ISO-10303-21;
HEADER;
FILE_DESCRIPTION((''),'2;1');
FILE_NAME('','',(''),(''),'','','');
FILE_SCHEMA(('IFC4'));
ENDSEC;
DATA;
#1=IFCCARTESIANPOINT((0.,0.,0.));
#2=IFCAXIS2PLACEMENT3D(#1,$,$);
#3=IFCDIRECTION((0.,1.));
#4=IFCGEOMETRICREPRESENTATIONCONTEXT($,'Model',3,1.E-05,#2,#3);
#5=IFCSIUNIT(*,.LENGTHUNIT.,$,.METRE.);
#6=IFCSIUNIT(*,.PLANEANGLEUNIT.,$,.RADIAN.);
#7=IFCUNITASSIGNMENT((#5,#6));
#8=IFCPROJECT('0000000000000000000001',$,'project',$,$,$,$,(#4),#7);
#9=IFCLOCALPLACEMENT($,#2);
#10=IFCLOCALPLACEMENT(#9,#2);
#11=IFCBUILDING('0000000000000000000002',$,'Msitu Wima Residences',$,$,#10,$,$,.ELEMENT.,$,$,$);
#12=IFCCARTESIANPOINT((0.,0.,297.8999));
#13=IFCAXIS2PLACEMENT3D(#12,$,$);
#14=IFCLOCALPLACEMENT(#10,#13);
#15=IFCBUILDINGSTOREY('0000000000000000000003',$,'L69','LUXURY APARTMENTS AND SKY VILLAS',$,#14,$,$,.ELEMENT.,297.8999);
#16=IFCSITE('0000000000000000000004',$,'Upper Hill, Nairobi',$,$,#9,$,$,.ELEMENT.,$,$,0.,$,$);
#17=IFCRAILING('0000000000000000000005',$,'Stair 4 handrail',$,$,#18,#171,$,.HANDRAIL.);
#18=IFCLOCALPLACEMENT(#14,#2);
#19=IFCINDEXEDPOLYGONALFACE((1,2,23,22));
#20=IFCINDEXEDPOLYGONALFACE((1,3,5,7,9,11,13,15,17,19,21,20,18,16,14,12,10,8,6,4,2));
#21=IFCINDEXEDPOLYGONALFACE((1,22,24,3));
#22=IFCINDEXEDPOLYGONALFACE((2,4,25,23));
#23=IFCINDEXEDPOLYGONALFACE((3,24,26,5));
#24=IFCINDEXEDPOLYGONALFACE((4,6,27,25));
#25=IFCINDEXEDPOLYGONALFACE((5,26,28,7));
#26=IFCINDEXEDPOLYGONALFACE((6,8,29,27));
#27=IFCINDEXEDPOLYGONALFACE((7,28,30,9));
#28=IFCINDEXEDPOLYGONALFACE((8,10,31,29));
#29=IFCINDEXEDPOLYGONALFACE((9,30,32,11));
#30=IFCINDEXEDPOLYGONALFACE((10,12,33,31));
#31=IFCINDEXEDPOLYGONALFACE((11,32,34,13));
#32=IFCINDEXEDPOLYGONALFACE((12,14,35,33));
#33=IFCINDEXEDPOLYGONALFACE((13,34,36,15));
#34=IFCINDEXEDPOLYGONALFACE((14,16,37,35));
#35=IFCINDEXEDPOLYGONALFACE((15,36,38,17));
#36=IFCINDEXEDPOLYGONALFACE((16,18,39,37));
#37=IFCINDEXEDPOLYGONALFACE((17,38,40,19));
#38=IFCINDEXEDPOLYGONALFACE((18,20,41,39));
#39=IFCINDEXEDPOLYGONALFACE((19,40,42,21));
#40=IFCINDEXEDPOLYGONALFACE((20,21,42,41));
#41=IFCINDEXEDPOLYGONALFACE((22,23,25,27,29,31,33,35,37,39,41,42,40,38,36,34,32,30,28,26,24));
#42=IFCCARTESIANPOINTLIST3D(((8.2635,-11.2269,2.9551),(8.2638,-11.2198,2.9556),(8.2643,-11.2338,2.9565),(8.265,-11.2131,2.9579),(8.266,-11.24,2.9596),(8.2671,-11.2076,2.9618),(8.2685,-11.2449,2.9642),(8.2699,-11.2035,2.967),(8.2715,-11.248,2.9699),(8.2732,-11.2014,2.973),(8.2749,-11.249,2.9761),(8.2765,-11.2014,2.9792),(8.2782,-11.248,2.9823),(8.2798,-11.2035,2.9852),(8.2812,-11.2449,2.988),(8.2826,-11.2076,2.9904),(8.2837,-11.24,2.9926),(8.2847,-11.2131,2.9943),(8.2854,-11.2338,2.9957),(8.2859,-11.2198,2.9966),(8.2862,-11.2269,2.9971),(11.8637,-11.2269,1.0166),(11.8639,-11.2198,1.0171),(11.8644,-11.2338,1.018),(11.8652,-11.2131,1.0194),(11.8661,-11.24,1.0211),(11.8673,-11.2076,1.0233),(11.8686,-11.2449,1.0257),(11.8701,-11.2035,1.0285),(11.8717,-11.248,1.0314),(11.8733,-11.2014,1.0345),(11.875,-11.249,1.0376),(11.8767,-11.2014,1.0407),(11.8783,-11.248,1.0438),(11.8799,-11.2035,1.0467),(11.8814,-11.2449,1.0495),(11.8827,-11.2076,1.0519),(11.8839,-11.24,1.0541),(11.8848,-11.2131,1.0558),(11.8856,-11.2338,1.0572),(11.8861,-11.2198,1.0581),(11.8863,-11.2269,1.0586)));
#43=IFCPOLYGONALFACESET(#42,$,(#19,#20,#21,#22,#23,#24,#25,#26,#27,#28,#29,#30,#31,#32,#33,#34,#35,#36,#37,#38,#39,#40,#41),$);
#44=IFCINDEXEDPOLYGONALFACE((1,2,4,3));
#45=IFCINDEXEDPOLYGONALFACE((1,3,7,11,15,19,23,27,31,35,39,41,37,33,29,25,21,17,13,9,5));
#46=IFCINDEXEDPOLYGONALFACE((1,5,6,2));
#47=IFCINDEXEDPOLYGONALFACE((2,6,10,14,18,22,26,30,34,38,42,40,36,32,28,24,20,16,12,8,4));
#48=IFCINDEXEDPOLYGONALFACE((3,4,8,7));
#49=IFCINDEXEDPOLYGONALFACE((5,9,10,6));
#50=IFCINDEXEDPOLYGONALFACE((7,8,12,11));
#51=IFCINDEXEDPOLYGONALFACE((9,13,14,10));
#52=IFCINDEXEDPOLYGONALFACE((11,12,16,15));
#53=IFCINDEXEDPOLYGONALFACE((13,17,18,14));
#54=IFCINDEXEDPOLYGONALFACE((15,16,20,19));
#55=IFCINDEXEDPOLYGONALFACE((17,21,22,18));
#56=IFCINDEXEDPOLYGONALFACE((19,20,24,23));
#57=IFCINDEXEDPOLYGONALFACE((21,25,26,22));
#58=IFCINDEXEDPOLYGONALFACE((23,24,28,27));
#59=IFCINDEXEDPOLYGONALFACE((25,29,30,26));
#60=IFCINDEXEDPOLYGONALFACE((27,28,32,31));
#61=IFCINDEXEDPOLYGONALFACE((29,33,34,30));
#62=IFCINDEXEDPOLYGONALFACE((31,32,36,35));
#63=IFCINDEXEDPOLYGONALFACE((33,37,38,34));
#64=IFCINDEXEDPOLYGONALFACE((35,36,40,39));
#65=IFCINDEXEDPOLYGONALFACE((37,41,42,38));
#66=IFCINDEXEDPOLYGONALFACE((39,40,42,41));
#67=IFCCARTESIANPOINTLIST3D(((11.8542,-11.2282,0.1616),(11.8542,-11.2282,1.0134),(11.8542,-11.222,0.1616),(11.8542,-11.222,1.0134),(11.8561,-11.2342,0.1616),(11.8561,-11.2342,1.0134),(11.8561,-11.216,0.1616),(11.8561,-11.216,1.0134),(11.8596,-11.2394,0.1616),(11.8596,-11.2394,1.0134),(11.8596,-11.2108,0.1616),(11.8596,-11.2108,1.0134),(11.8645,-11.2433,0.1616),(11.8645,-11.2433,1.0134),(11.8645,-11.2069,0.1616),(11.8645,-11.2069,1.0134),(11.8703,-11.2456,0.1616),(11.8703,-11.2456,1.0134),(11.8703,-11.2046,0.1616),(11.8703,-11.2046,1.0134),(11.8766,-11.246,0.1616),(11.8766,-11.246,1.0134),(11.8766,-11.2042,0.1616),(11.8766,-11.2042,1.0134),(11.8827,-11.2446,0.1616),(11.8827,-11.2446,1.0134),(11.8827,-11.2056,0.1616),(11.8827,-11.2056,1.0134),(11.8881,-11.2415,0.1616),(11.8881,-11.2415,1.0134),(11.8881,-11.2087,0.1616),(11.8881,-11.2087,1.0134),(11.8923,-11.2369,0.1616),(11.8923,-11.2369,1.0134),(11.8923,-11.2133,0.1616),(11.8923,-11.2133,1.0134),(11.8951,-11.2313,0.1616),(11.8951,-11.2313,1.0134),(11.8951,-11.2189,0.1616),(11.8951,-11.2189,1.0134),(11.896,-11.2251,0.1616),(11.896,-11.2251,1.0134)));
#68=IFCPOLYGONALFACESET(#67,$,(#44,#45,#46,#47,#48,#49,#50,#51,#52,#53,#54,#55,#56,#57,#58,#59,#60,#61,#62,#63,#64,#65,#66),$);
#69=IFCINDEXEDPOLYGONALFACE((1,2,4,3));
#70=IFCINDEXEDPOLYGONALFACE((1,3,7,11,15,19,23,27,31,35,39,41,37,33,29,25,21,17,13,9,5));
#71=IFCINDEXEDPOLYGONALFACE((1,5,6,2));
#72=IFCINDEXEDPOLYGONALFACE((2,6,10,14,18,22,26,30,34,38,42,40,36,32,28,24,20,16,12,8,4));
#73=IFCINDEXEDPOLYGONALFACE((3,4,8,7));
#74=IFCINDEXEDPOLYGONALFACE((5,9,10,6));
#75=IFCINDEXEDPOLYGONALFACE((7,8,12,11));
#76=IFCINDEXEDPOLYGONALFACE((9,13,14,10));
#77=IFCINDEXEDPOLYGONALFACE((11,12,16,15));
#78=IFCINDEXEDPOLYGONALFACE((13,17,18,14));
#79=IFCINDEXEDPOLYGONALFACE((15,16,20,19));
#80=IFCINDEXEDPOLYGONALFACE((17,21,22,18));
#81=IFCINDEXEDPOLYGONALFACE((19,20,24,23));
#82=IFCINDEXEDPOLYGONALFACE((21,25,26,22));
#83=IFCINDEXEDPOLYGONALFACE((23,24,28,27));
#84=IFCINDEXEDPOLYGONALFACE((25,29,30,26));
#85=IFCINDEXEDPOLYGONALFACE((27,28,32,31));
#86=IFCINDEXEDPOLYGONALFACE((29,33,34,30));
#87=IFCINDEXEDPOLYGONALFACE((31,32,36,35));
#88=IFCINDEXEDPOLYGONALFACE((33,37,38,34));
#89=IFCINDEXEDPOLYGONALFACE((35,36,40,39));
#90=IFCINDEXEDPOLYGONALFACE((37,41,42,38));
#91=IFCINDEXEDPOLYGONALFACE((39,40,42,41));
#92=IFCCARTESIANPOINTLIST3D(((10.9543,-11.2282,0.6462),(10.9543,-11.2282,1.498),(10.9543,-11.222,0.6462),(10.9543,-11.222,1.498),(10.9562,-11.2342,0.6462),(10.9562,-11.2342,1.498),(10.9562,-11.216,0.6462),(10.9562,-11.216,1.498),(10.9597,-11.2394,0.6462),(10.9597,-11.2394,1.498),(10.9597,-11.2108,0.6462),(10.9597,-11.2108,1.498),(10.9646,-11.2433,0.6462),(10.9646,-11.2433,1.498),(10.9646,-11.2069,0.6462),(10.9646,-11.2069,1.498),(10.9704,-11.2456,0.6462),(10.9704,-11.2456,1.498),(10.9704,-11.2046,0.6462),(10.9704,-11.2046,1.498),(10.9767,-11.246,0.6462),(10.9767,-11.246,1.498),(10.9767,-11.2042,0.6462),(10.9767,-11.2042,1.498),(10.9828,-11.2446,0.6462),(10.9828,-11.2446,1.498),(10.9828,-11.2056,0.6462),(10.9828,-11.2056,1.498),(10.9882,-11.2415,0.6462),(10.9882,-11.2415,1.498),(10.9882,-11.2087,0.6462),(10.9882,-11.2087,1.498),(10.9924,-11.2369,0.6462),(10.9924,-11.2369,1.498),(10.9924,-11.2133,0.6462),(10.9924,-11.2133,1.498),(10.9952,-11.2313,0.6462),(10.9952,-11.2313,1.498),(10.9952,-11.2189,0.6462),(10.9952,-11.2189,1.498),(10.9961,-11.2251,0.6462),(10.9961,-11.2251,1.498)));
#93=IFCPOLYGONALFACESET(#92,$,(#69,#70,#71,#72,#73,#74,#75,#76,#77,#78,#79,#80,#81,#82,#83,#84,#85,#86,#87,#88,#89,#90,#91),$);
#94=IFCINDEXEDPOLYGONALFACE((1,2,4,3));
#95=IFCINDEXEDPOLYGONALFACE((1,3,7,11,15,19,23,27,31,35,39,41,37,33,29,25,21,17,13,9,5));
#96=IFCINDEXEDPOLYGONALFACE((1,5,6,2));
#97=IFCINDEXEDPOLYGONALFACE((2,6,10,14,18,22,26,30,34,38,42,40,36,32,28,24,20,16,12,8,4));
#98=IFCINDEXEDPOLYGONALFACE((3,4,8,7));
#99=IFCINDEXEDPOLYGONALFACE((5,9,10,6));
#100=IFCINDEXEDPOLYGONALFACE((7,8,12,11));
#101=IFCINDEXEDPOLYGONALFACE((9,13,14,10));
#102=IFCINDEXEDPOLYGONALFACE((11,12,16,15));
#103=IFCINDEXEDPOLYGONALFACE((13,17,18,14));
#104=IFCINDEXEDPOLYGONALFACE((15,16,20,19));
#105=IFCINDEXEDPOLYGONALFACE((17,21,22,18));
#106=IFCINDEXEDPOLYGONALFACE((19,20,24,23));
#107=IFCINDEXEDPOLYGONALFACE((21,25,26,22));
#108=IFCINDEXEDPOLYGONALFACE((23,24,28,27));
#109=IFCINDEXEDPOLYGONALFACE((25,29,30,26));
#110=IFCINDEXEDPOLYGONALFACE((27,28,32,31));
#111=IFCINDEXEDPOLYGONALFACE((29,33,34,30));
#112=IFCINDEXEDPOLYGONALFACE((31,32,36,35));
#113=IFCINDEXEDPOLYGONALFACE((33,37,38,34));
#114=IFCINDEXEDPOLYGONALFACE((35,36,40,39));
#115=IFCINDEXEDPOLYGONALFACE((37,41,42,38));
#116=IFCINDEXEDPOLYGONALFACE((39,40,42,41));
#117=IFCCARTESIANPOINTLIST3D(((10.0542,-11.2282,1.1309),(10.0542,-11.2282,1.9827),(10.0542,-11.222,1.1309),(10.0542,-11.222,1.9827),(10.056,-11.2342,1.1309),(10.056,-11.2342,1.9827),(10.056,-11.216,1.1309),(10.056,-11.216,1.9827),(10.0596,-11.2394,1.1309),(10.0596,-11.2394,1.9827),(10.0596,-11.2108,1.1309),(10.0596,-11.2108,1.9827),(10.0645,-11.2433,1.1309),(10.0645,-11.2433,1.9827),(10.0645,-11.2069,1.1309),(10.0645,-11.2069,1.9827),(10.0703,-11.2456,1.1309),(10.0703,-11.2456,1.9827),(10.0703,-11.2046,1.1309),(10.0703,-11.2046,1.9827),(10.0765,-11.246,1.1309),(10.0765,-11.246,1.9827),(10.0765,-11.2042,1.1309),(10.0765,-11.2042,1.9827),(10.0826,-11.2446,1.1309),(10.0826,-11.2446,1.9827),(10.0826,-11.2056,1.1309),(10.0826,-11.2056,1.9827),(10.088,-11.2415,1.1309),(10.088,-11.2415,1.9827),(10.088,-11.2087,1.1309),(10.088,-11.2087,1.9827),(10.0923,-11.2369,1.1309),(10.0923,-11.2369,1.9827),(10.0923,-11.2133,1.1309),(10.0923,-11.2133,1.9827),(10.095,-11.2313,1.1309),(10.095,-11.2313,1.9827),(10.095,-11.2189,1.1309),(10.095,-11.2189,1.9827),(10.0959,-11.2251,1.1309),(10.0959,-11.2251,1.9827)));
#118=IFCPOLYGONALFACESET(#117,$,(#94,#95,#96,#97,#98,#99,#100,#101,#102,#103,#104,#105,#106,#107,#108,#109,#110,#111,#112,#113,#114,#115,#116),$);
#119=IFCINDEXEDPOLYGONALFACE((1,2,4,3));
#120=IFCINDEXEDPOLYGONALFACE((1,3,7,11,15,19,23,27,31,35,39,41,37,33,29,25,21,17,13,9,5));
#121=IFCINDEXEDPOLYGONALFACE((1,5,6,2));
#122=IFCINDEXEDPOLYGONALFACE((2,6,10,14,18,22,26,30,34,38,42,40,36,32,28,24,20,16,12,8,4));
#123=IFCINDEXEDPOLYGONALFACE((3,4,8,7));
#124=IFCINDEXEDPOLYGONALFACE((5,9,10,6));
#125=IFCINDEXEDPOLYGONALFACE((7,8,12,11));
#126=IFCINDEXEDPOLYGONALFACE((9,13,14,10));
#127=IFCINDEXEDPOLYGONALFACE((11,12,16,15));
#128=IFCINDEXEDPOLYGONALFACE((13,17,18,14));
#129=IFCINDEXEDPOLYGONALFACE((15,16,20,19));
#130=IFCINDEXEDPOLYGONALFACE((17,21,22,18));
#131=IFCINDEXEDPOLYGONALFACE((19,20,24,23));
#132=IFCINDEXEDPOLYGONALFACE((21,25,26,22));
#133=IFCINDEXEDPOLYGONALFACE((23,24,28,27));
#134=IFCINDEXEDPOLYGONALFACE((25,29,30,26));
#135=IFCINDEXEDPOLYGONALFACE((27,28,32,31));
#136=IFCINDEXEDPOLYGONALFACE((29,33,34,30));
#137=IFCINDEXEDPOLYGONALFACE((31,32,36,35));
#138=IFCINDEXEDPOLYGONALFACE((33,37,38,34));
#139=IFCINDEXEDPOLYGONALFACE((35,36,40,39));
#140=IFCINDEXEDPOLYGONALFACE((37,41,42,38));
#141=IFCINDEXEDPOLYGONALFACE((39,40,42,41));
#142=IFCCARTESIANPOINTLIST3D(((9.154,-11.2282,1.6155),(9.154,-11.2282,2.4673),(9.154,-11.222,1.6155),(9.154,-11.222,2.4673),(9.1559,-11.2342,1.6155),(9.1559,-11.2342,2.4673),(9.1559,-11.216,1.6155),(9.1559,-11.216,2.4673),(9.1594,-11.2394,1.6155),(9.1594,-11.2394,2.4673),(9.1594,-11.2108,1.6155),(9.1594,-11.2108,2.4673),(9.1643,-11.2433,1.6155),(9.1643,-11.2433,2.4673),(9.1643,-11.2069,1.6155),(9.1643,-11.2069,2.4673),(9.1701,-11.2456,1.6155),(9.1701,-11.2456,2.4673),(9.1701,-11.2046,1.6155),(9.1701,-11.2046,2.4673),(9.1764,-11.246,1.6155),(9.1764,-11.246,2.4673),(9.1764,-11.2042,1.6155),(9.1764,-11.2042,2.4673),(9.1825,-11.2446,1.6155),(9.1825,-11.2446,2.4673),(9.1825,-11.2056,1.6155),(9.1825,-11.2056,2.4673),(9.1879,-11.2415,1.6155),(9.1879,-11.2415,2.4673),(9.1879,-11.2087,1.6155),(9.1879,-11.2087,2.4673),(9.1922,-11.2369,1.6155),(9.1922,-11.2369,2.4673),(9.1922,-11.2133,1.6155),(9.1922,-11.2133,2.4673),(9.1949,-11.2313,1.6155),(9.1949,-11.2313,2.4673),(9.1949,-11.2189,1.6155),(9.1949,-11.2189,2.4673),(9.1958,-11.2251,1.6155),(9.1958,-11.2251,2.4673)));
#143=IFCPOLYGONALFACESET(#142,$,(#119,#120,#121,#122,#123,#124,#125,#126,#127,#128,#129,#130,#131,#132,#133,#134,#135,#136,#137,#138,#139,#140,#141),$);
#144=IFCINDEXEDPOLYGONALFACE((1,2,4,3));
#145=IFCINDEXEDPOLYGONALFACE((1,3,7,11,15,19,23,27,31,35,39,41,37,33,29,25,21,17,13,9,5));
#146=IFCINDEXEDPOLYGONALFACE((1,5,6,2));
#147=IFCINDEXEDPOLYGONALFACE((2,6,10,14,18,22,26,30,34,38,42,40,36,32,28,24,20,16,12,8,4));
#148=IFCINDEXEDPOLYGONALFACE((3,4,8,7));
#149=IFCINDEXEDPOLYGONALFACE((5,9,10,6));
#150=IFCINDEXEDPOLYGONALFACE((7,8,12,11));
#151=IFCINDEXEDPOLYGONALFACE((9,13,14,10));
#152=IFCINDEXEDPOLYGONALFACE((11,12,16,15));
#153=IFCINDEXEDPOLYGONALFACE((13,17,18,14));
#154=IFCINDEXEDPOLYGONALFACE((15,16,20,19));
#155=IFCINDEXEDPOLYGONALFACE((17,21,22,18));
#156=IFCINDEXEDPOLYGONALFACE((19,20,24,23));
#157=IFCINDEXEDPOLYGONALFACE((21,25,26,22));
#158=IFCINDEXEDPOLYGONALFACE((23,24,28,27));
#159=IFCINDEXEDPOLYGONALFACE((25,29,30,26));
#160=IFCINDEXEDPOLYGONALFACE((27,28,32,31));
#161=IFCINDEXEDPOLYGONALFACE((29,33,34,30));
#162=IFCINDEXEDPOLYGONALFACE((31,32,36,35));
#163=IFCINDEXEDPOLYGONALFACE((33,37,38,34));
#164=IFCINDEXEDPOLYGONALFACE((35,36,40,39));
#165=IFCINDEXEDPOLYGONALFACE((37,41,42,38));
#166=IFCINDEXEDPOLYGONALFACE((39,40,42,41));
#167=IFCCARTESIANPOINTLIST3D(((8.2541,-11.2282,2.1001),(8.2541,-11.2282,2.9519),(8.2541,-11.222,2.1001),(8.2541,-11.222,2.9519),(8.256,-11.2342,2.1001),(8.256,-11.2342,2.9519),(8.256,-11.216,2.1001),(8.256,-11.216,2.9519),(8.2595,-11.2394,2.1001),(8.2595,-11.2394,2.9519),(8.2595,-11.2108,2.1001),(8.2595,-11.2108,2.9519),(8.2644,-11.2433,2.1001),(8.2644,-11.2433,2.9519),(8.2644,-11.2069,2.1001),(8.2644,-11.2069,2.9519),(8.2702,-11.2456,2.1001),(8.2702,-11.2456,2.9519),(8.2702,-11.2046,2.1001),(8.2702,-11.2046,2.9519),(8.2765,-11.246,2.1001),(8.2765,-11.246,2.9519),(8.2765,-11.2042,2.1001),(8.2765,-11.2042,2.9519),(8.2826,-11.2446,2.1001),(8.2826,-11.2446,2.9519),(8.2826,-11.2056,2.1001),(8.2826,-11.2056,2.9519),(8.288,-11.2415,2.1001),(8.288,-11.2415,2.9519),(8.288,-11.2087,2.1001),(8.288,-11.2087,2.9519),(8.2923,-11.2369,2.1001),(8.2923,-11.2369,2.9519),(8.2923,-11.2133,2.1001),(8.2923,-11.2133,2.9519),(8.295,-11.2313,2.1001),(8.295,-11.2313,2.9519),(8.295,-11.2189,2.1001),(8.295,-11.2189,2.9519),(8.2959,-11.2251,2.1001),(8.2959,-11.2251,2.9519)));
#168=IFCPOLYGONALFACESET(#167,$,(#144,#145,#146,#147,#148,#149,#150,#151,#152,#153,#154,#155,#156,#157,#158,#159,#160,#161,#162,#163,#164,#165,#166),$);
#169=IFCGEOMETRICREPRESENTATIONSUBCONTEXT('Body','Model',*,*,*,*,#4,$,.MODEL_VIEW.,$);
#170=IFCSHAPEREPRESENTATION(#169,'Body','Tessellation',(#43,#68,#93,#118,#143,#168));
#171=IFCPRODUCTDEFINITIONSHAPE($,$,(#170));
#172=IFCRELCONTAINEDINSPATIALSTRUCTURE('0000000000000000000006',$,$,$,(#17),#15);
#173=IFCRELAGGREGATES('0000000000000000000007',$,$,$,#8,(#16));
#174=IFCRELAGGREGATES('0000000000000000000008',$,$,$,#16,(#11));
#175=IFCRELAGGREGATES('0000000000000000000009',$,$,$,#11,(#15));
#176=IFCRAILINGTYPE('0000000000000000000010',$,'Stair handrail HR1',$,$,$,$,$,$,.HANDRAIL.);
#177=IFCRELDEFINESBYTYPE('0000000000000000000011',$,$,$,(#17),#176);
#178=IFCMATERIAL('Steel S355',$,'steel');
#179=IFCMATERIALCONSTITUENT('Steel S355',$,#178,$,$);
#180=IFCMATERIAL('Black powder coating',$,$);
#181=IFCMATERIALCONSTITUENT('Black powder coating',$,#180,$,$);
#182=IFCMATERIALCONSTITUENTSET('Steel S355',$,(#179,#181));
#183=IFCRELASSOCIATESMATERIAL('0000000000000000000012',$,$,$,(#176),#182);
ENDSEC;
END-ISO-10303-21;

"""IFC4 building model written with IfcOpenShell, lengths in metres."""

from ifc_helpers import new_model, si_unit, direction, frame, origin, origin_2d, place, context, subcontext, project, spatial, circle, extrude, material, constituent, constituent_set, type_object, element, save


model = new_model("IFC4")

# Units and contexts
model_context = context("Model", 3, precision=1e-05, world=origin(), true_north=direction((0.0, 1.0)))
body_context = subcontext(model_context, "Body", "Model", "MODEL_VIEW")
ifc_project = project(units=[si_unit("LENGTHUNIT", "METRE"), si_unit("PLANEANGLEUNIT", "RADIAN")], contexts=[model_context])

# Site, building, storey
site_placement = place(None, origin())
site = spatial("IfcSite", under=ifc_project, at=site_placement, Name="Upper Hill, Nairobi", CompositionType="ELEMENT", RefElevation=0.0)
building_placement = place(site_placement, origin())
building = spatial("IfcBuilding", under=site, at=building_placement, Name="Msitu Wima Residences", CompositionType="ELEMENT")
storey_placement = place(building_placement, frame((0.0, 0.0, 297.8999)))
storey = spatial("IfcBuildingStorey", under=building, at=storey_placement, Name="L69", Description="LUXURY APARTMENTS AND SKY VILLAS", CompositionType="ELEMENT", Elevation=297.8999)

# Railing
ifc_material_1 = material(Name="Steel S355", Category="steel")
ifc_constituent_1 = constituent(ifc_material_1, Name="Steel S355")
ifc_material_2 = material(Name="Black powder coating")
ifc_constituent_2 = constituent(ifc_material_2, Name="Black powder coating")
ifc_constituent_set = constituent_set(constituents=[ifc_constituent_1, ifc_constituent_2], Name="Steel S355")
railing_type = type_object("IfcRailingType", Name="Stair handrail HR1", PredefinedType="HANDRAIL", material=ifc_constituent_set)
for number, where, name in (
    (1, (11.875, -11.2251, 0.1616), "Stair 4 handrail"),
):
    element("IfcRailing", number, at=place(storey_placement, frame(where)), inside=storey, type_object=railing_type, Name=name, PredefinedType="HANDRAIL", context=body_context, shape_type="SweptSolid", body=[
        extrude(circle(Radius=0.0239, at=origin_2d()), frame((0.0, 0.0, 0.876), z_axis=(-0.880475, 0.0, 0.474093), x_axis=(0.0, -1.0, 0.0)), (0.0, 0.0, 1.0), 4.0889),
        extrude(circle(Radius=0.021, at=origin_2d()), origin(), (0.0, 0.0, 1.0), 0.8518),
        extrude(circle(Radius=0.021, at=origin_2d()), frame((-0.8999, 0.0, 0.4846)), (0.0, 0.0, 1.0), 0.8518),
        extrude(circle(Radius=0.021, at=origin_2d()), frame((-1.8, 0.0, 0.9692)), (0.0, 0.0, 1.0), 0.8518),
        extrude(circle(Radius=0.021, at=origin_2d()), frame((-2.7002, 0.0, 1.4539)), (0.0, 0.0, 1.0), 0.8518),
        extrude(circle(Radius=0.021, at=origin_2d()), frame((-3.6001, 0.0, 1.9385)), (0.0, 0.0, 1.0), 0.8518),
    ])

save(model, "model.ifc")
